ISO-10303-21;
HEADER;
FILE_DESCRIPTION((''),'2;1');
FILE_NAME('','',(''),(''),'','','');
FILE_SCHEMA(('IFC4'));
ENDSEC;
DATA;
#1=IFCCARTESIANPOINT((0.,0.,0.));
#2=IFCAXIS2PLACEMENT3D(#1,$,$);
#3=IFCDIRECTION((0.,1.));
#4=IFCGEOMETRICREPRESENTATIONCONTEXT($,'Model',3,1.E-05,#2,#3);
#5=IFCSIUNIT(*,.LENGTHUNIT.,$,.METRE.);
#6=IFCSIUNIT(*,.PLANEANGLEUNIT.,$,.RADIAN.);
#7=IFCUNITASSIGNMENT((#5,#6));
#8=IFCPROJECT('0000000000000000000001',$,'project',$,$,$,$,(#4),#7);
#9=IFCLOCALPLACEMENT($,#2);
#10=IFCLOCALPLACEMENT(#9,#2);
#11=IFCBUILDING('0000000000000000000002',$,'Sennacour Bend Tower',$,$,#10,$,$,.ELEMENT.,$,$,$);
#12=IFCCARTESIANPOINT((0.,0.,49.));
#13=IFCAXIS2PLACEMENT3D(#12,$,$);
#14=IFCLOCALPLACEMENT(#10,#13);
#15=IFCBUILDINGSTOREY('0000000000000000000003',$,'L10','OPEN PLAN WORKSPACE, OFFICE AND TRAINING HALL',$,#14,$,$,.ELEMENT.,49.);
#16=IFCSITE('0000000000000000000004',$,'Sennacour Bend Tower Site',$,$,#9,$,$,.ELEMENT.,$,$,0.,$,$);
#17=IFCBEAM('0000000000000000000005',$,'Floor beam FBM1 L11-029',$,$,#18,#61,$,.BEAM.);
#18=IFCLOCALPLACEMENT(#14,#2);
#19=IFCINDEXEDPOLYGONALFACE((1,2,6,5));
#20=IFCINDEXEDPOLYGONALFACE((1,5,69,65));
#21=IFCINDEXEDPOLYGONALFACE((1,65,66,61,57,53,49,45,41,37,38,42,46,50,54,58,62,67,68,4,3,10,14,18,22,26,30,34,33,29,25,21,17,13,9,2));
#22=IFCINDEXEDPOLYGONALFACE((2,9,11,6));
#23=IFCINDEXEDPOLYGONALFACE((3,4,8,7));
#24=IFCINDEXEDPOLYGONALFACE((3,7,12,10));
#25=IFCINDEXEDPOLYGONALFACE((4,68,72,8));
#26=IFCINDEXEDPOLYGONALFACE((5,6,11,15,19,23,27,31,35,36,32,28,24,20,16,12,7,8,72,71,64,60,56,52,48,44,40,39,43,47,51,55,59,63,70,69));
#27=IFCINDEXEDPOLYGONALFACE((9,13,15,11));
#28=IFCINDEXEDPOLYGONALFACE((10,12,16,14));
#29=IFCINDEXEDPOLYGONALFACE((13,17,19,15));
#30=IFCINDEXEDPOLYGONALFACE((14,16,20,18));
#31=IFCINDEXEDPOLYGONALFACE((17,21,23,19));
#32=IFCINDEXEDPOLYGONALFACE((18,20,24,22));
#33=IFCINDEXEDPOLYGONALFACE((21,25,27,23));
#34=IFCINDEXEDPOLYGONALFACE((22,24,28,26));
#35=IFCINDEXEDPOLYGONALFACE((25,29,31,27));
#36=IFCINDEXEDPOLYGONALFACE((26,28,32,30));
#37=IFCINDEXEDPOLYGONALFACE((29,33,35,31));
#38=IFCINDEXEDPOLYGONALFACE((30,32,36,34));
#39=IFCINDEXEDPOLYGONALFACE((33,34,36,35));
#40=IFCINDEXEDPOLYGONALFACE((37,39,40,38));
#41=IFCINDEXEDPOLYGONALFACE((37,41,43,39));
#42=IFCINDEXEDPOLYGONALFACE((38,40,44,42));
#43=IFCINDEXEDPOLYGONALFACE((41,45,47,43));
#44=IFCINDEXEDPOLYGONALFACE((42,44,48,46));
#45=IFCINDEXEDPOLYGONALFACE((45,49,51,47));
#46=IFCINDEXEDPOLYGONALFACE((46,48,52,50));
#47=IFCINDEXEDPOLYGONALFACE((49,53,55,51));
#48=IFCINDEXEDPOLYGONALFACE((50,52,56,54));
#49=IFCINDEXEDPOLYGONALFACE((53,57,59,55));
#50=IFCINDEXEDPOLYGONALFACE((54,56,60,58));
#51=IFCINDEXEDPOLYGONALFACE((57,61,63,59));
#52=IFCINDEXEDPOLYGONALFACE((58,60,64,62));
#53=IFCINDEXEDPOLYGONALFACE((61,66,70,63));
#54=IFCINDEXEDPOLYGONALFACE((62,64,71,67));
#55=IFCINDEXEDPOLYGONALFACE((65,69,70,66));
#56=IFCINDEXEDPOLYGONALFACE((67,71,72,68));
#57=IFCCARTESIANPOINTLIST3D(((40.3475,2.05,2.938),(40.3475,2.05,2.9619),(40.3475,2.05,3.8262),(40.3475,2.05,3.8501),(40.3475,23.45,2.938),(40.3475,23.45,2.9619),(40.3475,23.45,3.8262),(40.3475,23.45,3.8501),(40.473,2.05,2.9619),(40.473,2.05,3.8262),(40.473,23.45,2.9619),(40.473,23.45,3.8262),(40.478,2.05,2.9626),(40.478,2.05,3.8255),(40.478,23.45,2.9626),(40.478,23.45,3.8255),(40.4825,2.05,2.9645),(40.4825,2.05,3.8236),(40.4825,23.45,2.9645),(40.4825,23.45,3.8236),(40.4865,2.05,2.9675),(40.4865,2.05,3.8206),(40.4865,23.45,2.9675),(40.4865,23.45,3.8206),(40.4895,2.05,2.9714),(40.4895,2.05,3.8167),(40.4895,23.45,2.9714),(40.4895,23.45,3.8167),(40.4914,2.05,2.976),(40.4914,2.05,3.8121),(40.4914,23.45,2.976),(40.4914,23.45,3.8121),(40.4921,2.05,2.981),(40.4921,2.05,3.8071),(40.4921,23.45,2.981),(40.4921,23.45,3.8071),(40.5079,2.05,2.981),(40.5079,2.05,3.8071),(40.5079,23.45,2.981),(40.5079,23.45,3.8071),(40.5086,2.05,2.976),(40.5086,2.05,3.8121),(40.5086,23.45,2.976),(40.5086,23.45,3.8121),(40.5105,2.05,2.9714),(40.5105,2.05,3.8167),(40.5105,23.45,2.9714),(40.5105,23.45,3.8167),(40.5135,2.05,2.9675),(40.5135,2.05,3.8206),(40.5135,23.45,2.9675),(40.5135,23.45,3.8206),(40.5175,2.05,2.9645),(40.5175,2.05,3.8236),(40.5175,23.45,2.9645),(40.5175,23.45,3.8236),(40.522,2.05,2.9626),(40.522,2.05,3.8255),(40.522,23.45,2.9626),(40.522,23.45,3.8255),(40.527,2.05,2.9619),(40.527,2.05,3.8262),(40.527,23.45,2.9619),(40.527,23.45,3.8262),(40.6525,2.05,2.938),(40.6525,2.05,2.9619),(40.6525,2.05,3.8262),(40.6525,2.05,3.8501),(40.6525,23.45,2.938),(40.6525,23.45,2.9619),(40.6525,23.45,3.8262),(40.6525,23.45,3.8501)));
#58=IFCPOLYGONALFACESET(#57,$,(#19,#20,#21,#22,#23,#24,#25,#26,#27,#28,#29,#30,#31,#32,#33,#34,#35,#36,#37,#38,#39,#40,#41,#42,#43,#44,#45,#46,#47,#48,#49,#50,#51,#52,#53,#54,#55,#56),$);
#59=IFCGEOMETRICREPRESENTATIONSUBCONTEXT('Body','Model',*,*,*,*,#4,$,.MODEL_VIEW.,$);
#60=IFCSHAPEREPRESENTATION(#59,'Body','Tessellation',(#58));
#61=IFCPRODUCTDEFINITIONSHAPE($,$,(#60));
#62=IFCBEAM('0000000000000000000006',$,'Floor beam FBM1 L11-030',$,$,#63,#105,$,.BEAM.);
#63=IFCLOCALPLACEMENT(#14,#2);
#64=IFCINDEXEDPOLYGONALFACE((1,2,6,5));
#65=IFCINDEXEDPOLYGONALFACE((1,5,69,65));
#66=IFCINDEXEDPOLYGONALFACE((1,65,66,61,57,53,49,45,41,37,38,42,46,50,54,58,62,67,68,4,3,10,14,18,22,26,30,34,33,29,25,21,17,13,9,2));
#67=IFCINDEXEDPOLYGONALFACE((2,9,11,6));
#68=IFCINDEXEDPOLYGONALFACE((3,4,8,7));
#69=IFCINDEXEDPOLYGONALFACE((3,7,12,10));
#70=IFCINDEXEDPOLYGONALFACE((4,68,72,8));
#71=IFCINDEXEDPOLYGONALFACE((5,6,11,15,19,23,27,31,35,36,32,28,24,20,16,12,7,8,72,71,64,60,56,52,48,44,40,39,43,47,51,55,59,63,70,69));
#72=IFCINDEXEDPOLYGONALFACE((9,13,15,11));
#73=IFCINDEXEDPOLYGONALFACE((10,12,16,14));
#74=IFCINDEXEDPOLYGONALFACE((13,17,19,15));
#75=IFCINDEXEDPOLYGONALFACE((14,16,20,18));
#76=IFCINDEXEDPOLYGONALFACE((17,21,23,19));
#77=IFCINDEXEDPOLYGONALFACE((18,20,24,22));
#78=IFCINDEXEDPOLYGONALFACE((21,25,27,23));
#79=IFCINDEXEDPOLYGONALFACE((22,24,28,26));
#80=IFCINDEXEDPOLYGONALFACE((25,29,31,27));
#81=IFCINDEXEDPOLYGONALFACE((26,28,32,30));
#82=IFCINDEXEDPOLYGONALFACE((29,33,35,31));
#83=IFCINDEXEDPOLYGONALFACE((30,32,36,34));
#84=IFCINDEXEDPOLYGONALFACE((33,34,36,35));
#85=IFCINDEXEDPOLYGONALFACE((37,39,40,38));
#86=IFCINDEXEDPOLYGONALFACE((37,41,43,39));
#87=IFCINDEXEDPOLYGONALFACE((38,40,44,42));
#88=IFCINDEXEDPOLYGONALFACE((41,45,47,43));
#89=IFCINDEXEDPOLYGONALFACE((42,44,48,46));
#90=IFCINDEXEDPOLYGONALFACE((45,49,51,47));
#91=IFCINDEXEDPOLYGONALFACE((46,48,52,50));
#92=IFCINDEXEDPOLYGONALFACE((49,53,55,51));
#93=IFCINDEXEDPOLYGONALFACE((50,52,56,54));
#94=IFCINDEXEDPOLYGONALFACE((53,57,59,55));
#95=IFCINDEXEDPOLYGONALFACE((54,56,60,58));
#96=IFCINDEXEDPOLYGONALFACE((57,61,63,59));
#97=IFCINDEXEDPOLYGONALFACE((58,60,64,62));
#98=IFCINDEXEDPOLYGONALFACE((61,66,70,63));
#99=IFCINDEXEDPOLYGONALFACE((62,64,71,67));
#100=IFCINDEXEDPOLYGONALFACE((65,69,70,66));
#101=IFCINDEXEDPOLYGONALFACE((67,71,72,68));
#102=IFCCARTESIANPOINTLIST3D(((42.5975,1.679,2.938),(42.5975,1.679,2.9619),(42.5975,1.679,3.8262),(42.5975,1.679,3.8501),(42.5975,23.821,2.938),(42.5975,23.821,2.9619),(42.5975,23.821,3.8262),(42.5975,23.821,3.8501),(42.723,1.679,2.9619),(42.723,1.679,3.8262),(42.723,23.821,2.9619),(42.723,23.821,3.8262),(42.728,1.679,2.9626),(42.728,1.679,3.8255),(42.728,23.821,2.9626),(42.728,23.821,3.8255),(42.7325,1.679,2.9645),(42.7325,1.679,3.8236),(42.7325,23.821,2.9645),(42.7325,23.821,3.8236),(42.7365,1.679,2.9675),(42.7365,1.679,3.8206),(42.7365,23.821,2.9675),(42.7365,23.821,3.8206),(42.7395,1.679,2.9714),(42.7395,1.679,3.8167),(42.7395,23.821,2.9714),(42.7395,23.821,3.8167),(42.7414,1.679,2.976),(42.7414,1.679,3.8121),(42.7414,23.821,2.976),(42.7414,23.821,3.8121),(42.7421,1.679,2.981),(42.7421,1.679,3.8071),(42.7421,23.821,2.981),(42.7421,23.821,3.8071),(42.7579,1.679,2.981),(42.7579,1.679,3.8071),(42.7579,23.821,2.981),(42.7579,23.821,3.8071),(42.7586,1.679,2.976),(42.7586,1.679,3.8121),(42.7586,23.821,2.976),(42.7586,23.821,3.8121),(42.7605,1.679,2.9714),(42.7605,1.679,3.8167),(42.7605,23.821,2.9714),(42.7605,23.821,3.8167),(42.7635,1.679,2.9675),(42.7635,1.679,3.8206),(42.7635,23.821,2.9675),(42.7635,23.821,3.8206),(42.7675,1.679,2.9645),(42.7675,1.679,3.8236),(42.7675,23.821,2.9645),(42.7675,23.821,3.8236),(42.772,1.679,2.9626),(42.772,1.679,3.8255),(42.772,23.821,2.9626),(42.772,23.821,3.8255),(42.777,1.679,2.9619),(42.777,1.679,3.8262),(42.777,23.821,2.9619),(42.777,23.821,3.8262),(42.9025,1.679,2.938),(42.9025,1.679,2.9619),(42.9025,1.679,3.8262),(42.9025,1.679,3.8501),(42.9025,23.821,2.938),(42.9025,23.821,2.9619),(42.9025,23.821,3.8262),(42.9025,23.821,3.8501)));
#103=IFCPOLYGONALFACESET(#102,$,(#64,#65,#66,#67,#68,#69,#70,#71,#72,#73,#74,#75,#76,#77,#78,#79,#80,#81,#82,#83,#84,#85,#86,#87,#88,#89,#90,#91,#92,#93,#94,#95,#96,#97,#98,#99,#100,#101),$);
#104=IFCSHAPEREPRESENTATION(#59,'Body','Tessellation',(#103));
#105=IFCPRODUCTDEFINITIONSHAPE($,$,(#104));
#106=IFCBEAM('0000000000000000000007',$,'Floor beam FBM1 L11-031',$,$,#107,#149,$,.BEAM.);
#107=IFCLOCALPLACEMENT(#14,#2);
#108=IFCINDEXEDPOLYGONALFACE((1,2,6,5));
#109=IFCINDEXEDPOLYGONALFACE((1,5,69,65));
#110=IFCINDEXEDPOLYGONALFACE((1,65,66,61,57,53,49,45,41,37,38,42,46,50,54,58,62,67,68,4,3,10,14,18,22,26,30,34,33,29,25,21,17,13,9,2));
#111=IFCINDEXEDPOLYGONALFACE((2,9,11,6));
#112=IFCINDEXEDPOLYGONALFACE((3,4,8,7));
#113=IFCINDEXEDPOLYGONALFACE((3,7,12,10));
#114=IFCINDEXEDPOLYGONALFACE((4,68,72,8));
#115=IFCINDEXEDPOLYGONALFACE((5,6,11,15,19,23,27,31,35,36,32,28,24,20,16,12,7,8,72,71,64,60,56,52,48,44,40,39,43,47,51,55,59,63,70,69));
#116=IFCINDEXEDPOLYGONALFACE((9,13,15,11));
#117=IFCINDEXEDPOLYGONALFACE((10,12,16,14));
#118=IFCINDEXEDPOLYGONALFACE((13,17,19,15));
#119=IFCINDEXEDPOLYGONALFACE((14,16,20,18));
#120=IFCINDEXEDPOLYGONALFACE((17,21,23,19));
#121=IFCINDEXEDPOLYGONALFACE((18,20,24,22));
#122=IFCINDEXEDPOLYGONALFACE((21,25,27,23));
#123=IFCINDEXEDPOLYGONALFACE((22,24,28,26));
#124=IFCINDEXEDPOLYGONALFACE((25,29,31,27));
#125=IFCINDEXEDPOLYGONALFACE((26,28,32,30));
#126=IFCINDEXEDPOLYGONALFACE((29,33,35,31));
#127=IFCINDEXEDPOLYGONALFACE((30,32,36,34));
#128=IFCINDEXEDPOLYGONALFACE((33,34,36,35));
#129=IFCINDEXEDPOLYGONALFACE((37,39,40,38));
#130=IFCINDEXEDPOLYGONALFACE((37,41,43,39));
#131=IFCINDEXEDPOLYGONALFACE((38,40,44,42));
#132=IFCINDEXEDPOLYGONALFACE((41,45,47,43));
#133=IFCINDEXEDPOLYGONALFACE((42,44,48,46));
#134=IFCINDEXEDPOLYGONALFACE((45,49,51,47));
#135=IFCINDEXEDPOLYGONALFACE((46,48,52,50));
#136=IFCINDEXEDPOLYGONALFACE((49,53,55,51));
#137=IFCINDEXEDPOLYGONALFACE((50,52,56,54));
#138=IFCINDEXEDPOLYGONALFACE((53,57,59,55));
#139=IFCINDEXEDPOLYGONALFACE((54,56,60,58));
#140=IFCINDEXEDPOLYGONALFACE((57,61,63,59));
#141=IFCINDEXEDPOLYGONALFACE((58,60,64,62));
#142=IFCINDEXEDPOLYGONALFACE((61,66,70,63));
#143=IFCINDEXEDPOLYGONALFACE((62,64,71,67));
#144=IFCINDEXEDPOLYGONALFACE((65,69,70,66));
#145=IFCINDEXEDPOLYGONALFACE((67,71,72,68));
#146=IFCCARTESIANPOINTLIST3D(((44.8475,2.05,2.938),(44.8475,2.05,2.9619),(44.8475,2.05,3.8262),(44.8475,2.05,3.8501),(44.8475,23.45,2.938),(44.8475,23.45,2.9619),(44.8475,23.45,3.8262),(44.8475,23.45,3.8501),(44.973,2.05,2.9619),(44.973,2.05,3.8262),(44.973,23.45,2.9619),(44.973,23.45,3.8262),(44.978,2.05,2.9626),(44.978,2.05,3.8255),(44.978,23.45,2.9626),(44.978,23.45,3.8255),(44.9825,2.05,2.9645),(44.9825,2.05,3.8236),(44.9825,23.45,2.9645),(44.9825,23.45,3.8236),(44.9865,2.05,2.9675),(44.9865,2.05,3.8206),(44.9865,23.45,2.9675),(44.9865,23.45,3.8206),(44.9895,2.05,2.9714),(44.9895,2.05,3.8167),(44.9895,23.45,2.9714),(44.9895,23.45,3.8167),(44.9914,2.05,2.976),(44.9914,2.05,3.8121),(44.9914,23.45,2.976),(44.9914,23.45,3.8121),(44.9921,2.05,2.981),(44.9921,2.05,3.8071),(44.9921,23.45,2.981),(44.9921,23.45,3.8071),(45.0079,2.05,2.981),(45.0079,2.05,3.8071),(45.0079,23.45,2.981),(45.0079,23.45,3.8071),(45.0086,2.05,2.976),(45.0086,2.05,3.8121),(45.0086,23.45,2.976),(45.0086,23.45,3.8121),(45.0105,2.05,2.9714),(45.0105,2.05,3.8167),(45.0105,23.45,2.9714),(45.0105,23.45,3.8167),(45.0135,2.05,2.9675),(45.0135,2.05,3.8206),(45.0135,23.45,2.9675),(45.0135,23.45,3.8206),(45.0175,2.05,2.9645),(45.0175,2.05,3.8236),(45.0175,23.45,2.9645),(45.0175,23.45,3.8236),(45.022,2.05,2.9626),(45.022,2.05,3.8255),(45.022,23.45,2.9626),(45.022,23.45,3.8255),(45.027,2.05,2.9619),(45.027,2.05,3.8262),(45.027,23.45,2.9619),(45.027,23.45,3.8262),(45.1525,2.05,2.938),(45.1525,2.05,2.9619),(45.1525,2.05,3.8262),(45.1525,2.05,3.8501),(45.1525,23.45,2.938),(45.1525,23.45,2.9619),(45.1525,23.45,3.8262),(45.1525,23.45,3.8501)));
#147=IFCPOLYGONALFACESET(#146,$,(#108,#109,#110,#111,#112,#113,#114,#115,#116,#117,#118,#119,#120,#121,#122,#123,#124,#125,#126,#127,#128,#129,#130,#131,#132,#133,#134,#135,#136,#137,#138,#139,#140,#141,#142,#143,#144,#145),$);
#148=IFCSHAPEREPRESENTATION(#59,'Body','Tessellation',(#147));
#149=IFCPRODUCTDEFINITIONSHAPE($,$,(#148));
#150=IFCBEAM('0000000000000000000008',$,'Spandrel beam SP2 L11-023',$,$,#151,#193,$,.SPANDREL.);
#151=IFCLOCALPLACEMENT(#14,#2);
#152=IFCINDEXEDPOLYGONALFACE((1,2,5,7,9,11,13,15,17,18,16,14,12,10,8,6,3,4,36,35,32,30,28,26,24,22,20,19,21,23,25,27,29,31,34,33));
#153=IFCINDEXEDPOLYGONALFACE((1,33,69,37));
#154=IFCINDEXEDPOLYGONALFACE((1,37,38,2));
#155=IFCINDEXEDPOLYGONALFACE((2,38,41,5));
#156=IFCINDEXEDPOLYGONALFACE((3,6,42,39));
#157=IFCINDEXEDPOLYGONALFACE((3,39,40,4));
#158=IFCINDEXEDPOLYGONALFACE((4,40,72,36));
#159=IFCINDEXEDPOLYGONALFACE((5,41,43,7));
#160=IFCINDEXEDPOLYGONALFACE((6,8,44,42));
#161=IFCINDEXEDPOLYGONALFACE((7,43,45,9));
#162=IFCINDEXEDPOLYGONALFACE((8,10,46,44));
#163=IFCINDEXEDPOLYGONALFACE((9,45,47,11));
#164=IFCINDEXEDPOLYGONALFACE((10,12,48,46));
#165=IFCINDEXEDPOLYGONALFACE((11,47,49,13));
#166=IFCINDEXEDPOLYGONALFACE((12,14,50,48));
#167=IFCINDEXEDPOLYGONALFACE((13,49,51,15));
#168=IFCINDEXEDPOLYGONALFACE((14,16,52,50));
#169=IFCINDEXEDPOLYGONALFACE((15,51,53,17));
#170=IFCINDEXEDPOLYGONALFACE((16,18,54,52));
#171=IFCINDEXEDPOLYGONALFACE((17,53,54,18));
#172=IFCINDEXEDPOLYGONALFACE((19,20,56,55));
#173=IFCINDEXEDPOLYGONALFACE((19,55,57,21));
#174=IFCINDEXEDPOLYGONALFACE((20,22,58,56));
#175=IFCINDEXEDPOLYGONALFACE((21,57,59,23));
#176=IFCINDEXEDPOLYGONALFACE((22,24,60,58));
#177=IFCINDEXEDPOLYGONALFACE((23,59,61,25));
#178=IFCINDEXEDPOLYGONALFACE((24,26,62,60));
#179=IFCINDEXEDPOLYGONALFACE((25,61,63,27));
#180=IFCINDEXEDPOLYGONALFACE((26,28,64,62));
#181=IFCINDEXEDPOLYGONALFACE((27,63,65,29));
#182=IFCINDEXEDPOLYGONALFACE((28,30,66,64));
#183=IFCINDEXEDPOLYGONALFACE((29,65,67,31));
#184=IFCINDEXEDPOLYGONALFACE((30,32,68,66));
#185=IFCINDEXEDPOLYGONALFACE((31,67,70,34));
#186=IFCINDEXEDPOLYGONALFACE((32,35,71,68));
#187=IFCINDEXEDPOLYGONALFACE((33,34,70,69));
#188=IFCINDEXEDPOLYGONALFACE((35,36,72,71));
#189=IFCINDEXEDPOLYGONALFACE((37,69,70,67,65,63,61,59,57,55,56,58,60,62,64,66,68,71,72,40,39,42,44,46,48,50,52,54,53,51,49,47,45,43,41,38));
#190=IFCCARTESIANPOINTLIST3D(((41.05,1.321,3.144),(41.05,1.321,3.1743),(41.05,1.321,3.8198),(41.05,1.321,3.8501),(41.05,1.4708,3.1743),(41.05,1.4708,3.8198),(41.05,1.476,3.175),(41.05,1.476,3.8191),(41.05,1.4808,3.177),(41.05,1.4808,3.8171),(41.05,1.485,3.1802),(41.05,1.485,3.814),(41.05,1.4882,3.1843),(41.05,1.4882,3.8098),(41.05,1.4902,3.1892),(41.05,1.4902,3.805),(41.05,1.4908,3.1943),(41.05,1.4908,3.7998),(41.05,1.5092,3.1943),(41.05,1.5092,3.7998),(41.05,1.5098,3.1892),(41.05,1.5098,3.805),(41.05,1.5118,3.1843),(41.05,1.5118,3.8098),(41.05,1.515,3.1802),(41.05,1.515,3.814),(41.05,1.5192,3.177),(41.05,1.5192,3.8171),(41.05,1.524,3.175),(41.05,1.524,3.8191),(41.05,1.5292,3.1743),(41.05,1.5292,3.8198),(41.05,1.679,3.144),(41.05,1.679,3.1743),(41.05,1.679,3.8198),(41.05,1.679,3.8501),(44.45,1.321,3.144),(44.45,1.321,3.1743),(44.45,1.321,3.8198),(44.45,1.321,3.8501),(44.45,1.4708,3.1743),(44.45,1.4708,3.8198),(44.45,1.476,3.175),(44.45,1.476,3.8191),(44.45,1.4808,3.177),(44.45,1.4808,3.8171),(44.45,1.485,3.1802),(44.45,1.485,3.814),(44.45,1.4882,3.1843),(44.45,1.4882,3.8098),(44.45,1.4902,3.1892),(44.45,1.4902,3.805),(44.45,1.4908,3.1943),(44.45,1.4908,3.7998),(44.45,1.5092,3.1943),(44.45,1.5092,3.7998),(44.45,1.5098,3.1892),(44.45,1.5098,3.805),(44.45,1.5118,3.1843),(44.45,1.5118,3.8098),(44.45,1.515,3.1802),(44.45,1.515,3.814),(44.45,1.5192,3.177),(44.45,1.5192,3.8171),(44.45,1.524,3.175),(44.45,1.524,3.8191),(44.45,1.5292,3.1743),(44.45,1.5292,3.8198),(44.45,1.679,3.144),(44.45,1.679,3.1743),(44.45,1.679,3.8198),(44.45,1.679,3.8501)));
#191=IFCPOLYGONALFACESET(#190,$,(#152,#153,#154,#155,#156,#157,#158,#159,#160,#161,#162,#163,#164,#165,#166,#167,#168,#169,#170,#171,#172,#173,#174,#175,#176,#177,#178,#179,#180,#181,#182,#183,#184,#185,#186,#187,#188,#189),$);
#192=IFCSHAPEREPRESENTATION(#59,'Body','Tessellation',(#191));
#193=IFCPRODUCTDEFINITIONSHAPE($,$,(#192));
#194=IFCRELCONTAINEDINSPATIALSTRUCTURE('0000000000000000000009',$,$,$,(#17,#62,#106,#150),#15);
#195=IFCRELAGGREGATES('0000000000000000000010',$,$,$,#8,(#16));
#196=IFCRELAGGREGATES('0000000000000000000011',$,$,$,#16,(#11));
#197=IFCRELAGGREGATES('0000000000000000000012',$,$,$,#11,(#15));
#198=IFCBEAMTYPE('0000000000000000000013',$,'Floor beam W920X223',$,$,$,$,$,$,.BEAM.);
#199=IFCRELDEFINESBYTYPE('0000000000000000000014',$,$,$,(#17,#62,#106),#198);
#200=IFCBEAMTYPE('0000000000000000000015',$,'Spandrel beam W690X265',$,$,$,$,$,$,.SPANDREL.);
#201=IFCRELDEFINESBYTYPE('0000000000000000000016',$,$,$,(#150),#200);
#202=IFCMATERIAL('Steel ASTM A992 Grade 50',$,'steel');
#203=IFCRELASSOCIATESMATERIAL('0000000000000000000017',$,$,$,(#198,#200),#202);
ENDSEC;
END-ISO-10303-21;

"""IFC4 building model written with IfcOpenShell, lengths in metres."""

from ifc_helpers import new_model, si_unit, direction, frame, origin, origin_2d, place, context, subcontext, project, spatial, i_section, extrude, material, material_profile, profile_set, type_object, element, save


model = new_model("IFC4")

# Units and contexts
model_context = context("Model", 3, precision=1e-05, world=origin(), true_north=direction((0.0, 1.0)))
body_context = subcontext(model_context, "Body", "Model", "MODEL_VIEW")
ifc_project = project(units=[si_unit("LENGTHUNIT", "METRE"), si_unit("PLANEANGLEUNIT", "RADIAN")], contexts=[model_context])

# Site, building, storey
site_placement = place(None, origin())
site = spatial("IfcSite", under=ifc_project, at=site_placement, Name="Sennacour Bend Tower Site", CompositionType="ELEMENT", RefElevation=0.0)
building_placement = place(site_placement, origin())
building = spatial("IfcBuilding", under=site, at=building_placement, Name="Sennacour Bend Tower", CompositionType="ELEMENT")
storey_placement = place(building_placement, frame((0.0, 0.0, 49.0)))
storey = spatial("IfcBuildingStorey", under=building, at=storey_placement, Name="L10", Description="OPEN PLAN WORKSPACE, OFFICE AND TRAINING HALL", CompositionType="ELEMENT", Elevation=49.0)

# Beams
ifc_material_1 = material(Name="Steel ASTM A992 Grade 50", Category="steel")
ifc_material_profile_1 = material_profile(ifc_material_1, i_section(OverallWidth=0.3049, OverallDepth=0.9121, WebThickness=0.0159, FlangeThickness=0.0239, FilletRadius=0.019, at=origin_2d()), Name="Steel ASTM A992 Grade 50", Category="steel")
ifc_profile_set_1 = profile_set([ifc_material_profile_1], Name="Steel ASTM A992 Grade 50")
beam_type_1 = type_object("IfcBeamType", Name="Floor beam W920X223", PredefinedType="BEAM", material=ifc_profile_set_1)
beam_1_placement = place(storey_placement, frame((40.5, 2.05, 3.394), z_axis=(0.0, 1.0, 0.0), x_axis=(-1.0, 0.0, 0.0)))
element("IfcBeam", 1, at=beam_1_placement, inside=storey, type_object=beam_type_1, Name="Floor beam FBM1 L11-029", PredefinedType="BEAM", context=body_context, shape_type="SweptSolid", body=[
    extrude(i_section(OverallWidth=0.3049, OverallDepth=0.9121, WebThickness=0.0159, FlangeThickness=0.0239, FilletRadius=0.019, at=origin_2d()), origin(), (0.0, 0.0, 1.0), 21.3999),
])
beam_2_placement = place(storey_placement, frame((42.75, 1.679, 3.394), z_axis=(0.0, 1.0, 0.0), x_axis=(-1.0, 0.0, 0.0)))
element("IfcBeam", 2, at=beam_2_placement, inside=storey, type_object=beam_type_1, Name="Floor beam FBM1 L11-030", PredefinedType="BEAM", context=body_context, shape_type="SweptSolid", body=[
    extrude(i_section(OverallWidth=0.3049, OverallDepth=0.9121, WebThickness=0.0159, FlangeThickness=0.0239, FilletRadius=0.019, at=origin_2d()), origin(), (0.0, 0.0, 1.0), 22.1421),
])
beam_3_placement = place(storey_placement, frame((45.0, 2.05, 3.394), z_axis=(0.0, 1.0, 0.0), x_axis=(-1.0, 0.0, 0.0)))
element("IfcBeam", 3, at=beam_3_placement, inside=storey, type_object=beam_type_1, Name="Floor beam FBM1 L11-031", PredefinedType="BEAM", context=body_context, shape_type="SweptSolid", body=[
    extrude(i_section(OverallWidth=0.3049, OverallDepth=0.9121, WebThickness=0.0159, FlangeThickness=0.0239, FilletRadius=0.019, at=origin_2d()), origin(), (0.0, 0.0, 1.0), 21.3999),
])
ifc_material_profile_2 = material_profile(ifc_material_1, i_section(OverallWidth=0.3579, OverallDepth=0.7061, WebThickness=0.0183, FlangeThickness=0.0303, FilletRadius=0.02, at=origin_2d()), Name="Steel ASTM A992 Grade 50", Category="steel")
ifc_profile_set_2 = profile_set([ifc_material_profile_2], Name="Steel ASTM A992 Grade 50")
beam_type_2 = type_object("IfcBeamType", Name="Spandrel beam W690X265", PredefinedType="SPANDREL", material=ifc_profile_set_2)
for number, where, z_axis, x_axis, name in (
    (4, (44.45, 1.5, 3.4971), (-1.0, 0.0, 0.0), (0.0, -1.0, 0.0), "Spandrel beam SP2 L11-023"),
):
    element("IfcBeam", number, at=place(storey_placement, frame(where, z_axis=z_axis, x_axis=x_axis)), inside=storey, type_object=beam_type_2, Name=name, PredefinedType="SPANDREL", context=body_context, shape_type="SweptSolid", body=[
        extrude(i_section(OverallWidth=0.3579, OverallDepth=0.7061, WebThickness=0.0183, FlangeThickness=0.0303, FilletRadius=0.02, at=origin_2d()), origin(), (0.0, 0.0, 1.0), 3.3999),
    ])

save(model, "model.ifc")
